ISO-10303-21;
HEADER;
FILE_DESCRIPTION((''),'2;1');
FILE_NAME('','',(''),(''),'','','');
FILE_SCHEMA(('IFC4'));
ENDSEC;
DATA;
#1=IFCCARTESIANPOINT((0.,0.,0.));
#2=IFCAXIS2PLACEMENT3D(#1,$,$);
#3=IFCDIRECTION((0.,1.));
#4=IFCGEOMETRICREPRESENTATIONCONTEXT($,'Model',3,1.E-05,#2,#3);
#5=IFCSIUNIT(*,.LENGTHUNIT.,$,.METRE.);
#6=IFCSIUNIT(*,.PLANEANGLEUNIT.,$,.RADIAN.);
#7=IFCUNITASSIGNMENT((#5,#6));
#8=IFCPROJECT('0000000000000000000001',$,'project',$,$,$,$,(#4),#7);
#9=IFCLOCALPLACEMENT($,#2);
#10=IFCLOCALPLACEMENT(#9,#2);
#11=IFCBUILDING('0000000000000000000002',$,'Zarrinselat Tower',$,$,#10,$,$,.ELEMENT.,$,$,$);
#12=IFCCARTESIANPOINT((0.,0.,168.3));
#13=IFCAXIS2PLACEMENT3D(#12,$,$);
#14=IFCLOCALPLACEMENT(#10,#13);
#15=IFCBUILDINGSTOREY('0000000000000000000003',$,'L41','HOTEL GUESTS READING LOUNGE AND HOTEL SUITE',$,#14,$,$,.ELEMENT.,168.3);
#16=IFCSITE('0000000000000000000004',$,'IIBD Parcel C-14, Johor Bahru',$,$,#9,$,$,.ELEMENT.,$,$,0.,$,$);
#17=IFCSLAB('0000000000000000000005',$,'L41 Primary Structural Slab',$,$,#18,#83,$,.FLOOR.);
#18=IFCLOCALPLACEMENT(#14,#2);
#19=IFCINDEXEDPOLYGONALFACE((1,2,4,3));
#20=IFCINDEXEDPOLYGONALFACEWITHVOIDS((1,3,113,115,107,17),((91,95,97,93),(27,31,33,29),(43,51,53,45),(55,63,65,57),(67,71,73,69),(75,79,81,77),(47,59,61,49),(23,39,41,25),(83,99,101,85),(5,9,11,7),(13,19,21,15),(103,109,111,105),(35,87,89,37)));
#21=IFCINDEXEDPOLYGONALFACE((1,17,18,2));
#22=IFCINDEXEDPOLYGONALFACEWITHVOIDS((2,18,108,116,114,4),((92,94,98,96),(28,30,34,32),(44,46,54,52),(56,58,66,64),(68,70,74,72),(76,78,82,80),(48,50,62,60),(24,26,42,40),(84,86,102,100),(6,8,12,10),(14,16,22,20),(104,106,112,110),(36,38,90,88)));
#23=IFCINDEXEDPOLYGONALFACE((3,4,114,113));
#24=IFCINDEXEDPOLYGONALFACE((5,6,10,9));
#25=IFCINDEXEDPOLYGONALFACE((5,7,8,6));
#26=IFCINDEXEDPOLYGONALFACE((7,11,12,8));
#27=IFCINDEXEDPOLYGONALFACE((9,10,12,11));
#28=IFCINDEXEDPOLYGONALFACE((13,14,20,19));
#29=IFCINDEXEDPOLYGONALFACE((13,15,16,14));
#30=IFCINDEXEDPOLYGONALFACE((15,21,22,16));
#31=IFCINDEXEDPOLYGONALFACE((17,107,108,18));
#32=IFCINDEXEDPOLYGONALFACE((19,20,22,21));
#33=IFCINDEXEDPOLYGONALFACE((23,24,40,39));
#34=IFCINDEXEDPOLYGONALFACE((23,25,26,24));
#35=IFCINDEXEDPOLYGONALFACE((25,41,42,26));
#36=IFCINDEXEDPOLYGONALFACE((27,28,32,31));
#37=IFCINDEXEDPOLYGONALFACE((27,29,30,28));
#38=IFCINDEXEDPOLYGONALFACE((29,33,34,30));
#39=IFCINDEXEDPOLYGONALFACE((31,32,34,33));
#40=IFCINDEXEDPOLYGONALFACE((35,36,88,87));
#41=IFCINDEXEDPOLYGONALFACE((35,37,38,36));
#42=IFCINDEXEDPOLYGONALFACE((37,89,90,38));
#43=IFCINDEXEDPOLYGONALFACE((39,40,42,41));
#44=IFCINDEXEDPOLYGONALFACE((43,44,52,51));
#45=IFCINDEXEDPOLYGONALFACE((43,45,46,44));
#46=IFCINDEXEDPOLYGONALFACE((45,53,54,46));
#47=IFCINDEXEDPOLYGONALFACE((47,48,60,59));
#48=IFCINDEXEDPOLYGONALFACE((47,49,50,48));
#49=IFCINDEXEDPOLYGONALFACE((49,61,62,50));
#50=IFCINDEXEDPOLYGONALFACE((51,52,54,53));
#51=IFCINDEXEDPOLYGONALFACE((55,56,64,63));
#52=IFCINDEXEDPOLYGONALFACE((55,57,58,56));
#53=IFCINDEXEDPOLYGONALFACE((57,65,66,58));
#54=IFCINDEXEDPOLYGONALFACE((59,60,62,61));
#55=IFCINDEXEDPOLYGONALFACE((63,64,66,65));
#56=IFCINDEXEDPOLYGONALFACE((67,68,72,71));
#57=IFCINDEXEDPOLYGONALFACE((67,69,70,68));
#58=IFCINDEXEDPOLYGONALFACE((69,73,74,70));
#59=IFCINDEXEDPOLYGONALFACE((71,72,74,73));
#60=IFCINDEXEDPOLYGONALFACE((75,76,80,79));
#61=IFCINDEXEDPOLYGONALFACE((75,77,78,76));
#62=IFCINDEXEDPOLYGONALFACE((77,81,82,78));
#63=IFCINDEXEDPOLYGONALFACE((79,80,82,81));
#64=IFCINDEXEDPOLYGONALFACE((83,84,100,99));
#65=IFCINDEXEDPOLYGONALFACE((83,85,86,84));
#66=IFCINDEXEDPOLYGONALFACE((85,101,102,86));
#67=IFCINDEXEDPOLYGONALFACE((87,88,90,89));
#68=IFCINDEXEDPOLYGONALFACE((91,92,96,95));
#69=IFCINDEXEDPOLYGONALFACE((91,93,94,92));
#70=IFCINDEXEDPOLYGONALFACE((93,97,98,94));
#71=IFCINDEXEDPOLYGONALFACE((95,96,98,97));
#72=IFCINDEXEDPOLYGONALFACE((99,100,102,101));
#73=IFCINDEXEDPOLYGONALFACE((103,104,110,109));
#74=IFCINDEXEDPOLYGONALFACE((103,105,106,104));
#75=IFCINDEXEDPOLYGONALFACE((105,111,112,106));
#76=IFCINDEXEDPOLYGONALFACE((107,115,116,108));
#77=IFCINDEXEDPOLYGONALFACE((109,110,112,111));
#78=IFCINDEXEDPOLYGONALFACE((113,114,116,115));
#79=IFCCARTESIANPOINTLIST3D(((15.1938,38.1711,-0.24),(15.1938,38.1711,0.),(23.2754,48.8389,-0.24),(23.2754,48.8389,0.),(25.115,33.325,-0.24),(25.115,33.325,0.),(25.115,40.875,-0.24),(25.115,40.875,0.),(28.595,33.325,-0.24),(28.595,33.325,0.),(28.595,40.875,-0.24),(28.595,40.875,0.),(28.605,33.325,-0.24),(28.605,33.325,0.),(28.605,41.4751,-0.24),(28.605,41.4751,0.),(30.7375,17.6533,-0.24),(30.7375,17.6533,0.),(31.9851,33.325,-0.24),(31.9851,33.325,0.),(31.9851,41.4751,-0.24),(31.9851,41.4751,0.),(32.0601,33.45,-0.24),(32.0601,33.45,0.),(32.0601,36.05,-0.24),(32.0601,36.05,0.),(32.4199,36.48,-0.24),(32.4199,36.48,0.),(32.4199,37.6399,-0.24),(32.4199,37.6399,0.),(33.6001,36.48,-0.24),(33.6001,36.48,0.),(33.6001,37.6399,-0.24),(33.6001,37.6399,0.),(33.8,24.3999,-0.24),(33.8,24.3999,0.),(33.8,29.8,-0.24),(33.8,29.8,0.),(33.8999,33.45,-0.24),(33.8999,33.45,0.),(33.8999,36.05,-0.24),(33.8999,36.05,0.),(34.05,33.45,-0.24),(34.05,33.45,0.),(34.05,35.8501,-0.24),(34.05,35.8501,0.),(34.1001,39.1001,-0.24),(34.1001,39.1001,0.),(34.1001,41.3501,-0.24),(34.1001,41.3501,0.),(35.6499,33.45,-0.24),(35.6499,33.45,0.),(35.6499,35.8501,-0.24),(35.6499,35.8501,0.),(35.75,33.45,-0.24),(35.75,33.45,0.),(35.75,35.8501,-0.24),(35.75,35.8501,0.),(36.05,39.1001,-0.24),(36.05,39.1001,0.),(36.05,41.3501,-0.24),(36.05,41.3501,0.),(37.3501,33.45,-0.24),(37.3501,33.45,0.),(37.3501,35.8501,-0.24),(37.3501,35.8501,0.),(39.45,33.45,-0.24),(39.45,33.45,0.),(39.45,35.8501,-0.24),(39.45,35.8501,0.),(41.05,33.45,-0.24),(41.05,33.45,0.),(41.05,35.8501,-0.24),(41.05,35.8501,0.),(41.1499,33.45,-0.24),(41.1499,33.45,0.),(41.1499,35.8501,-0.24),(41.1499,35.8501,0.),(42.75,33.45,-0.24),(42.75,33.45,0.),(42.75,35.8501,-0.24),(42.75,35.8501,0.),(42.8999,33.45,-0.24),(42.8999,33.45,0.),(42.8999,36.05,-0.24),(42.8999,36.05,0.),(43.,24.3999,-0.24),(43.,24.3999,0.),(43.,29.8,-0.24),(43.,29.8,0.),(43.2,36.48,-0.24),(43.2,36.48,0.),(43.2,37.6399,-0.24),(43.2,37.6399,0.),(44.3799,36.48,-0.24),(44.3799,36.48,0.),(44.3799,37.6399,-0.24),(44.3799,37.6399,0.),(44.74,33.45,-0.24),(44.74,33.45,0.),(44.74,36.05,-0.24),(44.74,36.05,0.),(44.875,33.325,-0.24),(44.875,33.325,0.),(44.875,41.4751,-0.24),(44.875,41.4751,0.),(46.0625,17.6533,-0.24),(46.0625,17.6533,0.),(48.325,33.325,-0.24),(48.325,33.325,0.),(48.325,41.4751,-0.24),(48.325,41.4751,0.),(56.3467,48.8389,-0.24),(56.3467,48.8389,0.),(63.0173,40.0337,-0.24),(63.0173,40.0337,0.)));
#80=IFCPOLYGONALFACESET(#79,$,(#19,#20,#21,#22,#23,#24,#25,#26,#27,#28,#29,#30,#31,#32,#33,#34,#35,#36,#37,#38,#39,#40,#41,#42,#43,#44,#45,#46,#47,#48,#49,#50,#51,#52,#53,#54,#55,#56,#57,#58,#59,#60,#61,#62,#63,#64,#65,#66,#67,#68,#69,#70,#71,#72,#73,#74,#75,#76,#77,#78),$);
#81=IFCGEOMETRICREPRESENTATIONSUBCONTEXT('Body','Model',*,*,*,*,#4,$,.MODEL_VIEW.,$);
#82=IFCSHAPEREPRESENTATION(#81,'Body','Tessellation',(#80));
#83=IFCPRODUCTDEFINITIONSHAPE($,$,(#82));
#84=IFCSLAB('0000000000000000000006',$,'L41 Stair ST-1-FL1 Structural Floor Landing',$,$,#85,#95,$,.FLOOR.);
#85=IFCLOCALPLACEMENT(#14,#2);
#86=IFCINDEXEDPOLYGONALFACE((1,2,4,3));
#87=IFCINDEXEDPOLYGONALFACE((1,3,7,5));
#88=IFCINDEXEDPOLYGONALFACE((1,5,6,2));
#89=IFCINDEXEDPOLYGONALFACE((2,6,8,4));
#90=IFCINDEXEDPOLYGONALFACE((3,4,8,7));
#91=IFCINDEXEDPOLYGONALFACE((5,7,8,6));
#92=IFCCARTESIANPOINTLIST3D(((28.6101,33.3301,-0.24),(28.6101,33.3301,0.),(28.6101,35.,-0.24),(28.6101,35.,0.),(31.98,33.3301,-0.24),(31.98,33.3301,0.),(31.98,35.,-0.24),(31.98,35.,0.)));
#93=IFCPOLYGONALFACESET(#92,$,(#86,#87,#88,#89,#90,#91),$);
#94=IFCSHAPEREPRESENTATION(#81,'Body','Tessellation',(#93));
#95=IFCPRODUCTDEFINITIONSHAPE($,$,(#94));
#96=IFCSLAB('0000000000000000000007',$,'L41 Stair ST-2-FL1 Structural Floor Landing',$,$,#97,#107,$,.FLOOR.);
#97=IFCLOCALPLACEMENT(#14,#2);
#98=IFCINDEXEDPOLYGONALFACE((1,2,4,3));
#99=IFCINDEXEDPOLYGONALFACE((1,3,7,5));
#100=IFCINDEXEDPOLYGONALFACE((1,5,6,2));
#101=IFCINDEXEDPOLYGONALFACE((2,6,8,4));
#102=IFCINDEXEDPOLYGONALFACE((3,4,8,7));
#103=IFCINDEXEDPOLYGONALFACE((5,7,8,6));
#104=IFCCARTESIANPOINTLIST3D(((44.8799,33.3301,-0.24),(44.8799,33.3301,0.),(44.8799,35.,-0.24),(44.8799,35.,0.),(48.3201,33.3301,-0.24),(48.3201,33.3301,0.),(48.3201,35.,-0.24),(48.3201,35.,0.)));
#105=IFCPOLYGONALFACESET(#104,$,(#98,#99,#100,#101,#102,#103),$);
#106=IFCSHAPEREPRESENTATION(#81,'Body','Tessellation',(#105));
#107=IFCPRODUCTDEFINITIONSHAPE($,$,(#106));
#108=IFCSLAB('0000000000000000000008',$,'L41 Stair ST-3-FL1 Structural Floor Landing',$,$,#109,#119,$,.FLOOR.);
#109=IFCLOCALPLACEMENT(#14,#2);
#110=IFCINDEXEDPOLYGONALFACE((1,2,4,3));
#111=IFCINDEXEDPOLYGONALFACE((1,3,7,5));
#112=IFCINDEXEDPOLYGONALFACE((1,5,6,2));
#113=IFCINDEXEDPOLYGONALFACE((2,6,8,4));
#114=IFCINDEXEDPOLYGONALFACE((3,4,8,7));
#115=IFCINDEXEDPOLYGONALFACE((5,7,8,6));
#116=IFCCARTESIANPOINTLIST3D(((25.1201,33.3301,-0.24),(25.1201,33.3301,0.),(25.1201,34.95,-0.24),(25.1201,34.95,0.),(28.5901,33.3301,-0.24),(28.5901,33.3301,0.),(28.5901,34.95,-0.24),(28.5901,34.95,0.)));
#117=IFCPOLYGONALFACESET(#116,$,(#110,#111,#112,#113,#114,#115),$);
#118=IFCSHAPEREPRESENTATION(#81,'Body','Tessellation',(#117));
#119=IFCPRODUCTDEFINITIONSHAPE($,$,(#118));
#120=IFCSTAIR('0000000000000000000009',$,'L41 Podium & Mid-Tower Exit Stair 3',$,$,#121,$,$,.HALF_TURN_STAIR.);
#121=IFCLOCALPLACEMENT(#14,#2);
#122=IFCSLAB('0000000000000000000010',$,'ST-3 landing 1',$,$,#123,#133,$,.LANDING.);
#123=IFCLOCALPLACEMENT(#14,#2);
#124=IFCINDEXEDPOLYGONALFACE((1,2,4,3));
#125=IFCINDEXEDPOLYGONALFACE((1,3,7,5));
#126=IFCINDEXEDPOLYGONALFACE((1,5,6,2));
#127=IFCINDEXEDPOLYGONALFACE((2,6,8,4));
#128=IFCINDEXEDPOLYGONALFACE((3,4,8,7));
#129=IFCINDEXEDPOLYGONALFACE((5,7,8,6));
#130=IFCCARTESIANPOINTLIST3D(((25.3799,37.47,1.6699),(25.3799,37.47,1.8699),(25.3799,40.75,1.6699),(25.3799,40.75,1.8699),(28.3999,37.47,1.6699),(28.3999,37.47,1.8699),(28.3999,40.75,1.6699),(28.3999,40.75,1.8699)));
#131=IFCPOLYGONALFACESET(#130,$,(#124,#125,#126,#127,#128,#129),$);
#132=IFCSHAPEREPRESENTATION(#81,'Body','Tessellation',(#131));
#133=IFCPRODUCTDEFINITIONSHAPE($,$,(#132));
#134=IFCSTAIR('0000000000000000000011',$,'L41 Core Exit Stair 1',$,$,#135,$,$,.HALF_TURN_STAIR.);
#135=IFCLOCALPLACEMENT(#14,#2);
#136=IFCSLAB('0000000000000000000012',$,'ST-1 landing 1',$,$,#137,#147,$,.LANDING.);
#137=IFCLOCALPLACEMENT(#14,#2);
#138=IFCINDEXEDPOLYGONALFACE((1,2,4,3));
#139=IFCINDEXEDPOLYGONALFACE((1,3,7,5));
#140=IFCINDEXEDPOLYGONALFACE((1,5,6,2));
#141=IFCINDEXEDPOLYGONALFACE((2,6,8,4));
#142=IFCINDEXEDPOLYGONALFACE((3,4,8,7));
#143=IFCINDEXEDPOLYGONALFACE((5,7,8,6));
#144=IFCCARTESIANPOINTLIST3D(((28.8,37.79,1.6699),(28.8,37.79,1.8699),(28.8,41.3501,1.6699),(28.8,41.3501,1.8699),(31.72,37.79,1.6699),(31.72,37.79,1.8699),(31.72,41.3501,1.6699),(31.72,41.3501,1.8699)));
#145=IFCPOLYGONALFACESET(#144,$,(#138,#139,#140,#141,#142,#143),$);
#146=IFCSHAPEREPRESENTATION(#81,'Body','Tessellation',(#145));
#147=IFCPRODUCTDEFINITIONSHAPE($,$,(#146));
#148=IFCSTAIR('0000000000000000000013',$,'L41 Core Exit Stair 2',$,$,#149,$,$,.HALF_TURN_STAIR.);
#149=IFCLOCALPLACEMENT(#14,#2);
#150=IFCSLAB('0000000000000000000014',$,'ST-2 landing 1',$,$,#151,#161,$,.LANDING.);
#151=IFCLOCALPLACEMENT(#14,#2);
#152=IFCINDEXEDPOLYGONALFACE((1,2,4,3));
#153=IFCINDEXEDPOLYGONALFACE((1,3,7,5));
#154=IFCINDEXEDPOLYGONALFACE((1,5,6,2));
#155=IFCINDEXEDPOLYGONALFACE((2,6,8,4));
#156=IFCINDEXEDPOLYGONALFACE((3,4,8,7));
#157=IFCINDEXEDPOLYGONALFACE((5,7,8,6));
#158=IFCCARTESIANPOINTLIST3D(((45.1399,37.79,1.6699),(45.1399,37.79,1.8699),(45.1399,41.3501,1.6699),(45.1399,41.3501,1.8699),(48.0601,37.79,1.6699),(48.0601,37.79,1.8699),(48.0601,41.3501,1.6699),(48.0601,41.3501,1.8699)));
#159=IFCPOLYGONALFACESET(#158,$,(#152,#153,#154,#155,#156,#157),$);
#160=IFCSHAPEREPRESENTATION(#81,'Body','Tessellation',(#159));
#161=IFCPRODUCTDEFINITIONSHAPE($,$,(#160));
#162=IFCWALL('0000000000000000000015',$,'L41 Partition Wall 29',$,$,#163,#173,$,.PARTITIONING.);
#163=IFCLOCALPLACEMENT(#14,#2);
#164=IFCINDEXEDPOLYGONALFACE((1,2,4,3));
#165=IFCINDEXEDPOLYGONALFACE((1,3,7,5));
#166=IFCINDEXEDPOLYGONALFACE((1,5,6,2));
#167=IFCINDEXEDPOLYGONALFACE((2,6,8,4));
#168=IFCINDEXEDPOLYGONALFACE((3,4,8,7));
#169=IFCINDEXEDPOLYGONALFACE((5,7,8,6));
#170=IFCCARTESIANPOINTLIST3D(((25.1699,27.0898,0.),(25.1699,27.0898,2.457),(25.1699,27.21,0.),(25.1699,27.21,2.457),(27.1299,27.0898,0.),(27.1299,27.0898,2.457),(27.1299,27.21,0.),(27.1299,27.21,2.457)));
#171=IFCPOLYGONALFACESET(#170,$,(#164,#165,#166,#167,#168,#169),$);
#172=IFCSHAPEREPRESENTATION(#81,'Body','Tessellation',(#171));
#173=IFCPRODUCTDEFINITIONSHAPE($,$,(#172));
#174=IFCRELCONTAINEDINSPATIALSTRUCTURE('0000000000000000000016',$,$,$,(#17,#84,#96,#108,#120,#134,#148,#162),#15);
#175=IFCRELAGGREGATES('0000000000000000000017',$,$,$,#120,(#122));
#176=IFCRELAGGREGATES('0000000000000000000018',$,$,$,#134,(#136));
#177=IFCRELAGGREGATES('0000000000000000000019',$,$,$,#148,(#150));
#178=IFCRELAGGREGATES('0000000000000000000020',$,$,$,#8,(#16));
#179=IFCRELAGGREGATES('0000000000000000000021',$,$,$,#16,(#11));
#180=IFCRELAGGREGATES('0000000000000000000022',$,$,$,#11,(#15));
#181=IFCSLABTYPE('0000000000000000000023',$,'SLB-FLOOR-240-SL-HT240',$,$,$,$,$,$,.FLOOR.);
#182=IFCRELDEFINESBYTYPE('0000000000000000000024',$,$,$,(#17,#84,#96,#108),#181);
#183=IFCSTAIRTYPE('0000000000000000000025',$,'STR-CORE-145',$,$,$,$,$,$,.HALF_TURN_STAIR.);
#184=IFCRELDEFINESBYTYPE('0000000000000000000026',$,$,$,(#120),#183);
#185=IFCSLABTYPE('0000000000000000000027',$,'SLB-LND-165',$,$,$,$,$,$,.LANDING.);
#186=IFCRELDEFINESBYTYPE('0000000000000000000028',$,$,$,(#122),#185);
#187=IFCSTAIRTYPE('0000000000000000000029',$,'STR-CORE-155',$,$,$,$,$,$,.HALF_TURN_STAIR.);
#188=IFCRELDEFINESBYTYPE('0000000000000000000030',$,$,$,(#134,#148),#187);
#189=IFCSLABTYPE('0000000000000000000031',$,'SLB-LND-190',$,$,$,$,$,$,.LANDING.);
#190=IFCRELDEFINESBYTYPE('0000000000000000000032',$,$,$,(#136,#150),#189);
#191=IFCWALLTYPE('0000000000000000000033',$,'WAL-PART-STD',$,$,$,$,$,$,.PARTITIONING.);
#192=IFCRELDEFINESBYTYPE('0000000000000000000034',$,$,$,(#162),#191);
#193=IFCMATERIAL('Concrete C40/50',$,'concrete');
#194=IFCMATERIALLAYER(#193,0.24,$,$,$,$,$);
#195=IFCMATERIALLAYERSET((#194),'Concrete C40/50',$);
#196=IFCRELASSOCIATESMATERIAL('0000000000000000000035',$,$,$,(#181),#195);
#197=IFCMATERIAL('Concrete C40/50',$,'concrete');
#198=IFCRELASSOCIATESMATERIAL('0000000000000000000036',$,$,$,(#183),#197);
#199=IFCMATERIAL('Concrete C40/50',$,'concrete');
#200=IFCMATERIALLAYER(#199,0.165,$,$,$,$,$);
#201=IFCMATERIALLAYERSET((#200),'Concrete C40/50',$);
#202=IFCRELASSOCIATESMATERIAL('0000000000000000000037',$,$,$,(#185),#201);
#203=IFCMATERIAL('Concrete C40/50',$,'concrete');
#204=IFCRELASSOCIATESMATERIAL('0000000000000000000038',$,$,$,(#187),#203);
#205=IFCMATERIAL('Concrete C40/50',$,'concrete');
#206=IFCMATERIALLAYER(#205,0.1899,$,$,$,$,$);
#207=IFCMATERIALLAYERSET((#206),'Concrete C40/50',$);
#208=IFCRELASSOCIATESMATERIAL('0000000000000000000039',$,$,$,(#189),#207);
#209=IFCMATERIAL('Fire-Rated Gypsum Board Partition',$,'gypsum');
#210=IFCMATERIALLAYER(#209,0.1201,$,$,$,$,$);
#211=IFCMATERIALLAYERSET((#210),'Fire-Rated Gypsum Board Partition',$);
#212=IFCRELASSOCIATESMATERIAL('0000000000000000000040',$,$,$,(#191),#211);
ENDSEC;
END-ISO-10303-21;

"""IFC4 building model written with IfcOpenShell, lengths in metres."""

from ifc_helpers import new_model, si_unit, direction, frame, frame_2d, origin, place, context, subcontext, project, spatial, polyline, rectangle, outline, extrude, material, layer, layer_set, type_object, element, aggregate, save


model = new_model("IFC4")

# Units and contexts
model_context = context("Model", 3, precision=1e-05, world=origin(), true_north=direction((0.0, 1.0)))
body_context = subcontext(model_context, "Body", "Model", "MODEL_VIEW")
ifc_project = project(units=[si_unit("LENGTHUNIT", "METRE"), si_unit("PLANEANGLEUNIT", "RADIAN")], contexts=[model_context])

# Site, building, storey
site_placement = place(None, origin())
site = spatial("IfcSite", under=ifc_project, at=site_placement, Name="IIBD Parcel C-14, Johor Bahru", CompositionType="ELEMENT", RefElevation=0.0)
building_placement = place(site_placement, origin())
building = spatial("IfcBuilding", under=site, at=building_placement, Name="Zarrinselat Tower", CompositionType="ELEMENT")
storey_placement = place(building_placement, frame((0.0, 0.0, 168.3)))
storey = spatial("IfcBuildingStorey", under=building, at=storey_placement, Name="L41", Description="HOTEL GUESTS READING LOUNGE AND HOTEL SUITE", CompositionType="ELEMENT", Elevation=168.3)

# Slabs
ifc_material_1 = material(Name="Concrete C40/50", Category="concrete")
ifc_layer_1 = layer(ifc_material_1, 0.24)
ifc_layer_set_1 = layer_set([ifc_layer_1], Name="Concrete C40/50")
slab_type_1 = type_object("IfcSlabType", Name="SLB-FLOOR-240-SL-HT240", PredefinedType="FLOOR", material=ifc_layer_set_1)
slab_1_placement = place(storey_placement, frame((0.0, 0.0, -0.24)))
element("IfcSlab", 1, at=slab_1_placement, inside=storey, type_object=slab_type_1, Name="L41 Primary Structural Slab", PredefinedType="FLOOR", context=body_context, shape_type="SweptSolid", body=[
    extrude(outline(polyline([(56.3467, 48.8389), (23.2754, 48.8389), (15.1938, 38.1711), (30.7375, 17.6533), (46.0625, 17.6533), (63.0173, 40.0337), (56.3467, 48.8389)]), holes=[polyline([(35.6499, 33.45), (34.05, 33.45), (34.05, 35.8501), (35.6499, 35.8501), (35.6499, 33.45)]), polyline([(35.75, 33.45), (35.75, 35.8501), (37.3501, 35.8501), (37.3501, 33.45), (35.75, 33.45)]), polyline([(32.0601, 33.45), (32.0601, 36.05), (33.8999, 36.05), (33.8999, 33.45), (32.0601, 33.45)]), polyline([(33.6001, 36.48), (32.4199, 36.48), (32.4199, 37.6399), (33.6001, 37.6399), (33.6001, 36.48)]), polyline([(28.595, 33.325), (25.115, 33.325), (25.115, 40.875), (28.595, 40.875), (28.595, 33.325)]), polyline([(31.9851, 33.325), (28.605, 33.325), (28.605, 41.4751), (31.9851, 41.4751), (31.9851, 33.325)]), polyline([(36.05, 39.1001), (34.1001, 39.1001), (34.1001, 41.3501), (36.05, 41.3501), (36.05, 39.1001)]), polyline([(33.8, 24.3999), (33.8, 29.8), (43.0, 29.8), (43.0, 24.3999), (33.8, 24.3999)]), polyline([(39.45, 33.45), (39.45, 35.8501), (41.05, 35.8501), (41.05, 33.45), (39.45, 33.45)]), polyline([(41.1499, 33.45), (41.1499, 35.8501), (42.75, 35.8501), (42.75, 33.45), (41.1499, 33.45)]), polyline([(42.8999, 33.45), (42.8999, 36.05), (44.74, 36.05), (44.74, 33.45), (42.8999, 33.45)]), polyline([(43.2, 36.48), (43.2, 37.6399), (44.3799, 37.6399), (44.3799, 36.48), (43.2, 36.48)]), polyline([(48.325, 33.325), (44.875, 33.325), (44.875, 41.4751), (48.325, 41.4751), (48.325, 33.325)])]), origin(), (0.0, 0.0, 1.0), 0.24),
])
slab_2_placement = place(storey_placement, frame((0.0, 0.0, -0.24)))
element("IfcSlab", 2, at=slab_2_placement, inside=storey, type_object=slab_type_1, Name="L41 Stair ST-1-FL1 Structural Floor Landing", PredefinedType="FLOOR", context=body_context, shape_type="SweptSolid", body=[
    extrude(outline(polyline([(31.98, 33.3301), (31.98, 35.0), (28.6101, 35.0), (28.6101, 33.3301), (31.98, 33.3301)])), origin(), (0.0, 0.0, 1.0), 0.24),
])
slab_3_placement = place(storey_placement, frame((0.0, 0.0, -0.24)))
element("IfcSlab", 3, at=slab_3_placement, inside=storey, type_object=slab_type_1, Name="L41 Stair ST-2-FL1 Structural Floor Landing", PredefinedType="FLOOR", context=body_context, shape_type="SweptSolid", body=[
    extrude(outline(polyline([(48.3201, 33.3301), (48.3201, 35.0), (44.8799, 35.0), (44.8799, 33.3301), (48.3201, 33.3301)])), origin(), (0.0, 0.0, 1.0), 0.24),
])
slab_4_placement = place(storey_placement, frame((0.0, 0.0, -0.24)))
element("IfcSlab", 4, at=slab_4_placement, inside=storey, type_object=slab_type_1, Name="L41 Stair ST-3-FL1 Structural Floor Landing", PredefinedType="FLOOR", context=body_context, shape_type="SweptSolid", body=[
    extrude(outline(polyline([(28.5901, 33.3301), (28.5901, 34.95), (25.1201, 34.95), (25.1201, 33.3301), (28.5901, 33.3301)])), origin(), (0.0, 0.0, 1.0), 0.24),
])

# Stairs, slabs
ifc_material_2 = material(Name="Concrete C40/50", Category="concrete")
stair_type_1 = type_object("IfcStairType", Name="STR-CORE-145", PredefinedType="HALF_TURN_STAIR", material=ifc_material_2)
stair_1_placement = place(storey_placement, origin())
stair_1 = element("IfcStair", 5, at=stair_1_placement, inside=storey, type_object=stair_type_1, Name="L41 Podium & Mid-Tower Exit Stair 3", PredefinedType="HALF_TURN_STAIR")
ifc_material_3 = material(Name="Concrete C40/50", Category="concrete")
ifc_layer_2 = layer(ifc_material_3, 0.165)
ifc_layer_set_2 = layer_set([ifc_layer_2], Name="Concrete C40/50")
slab_type_2 = type_object("IfcSlabType", Name="SLB-LND-165", PredefinedType="LANDING", material=ifc_layer_set_2)
slab_5_placement = place(storey_placement, frame((0.0, 0.0, 1.6699)))
slab_5 = element("IfcSlab", 6, at=slab_5_placement, type_object=slab_type_2, Name="ST-3 landing 1", PredefinedType="LANDING", context=body_context, shape_type="SweptSolid", body=[
    extrude(outline(polyline([(28.3999, 37.47), (28.3999, 40.75), (25.3799, 40.75), (25.3799, 37.47), (28.3999, 37.47)])), origin(), (0.0, 0.0, 1.0), 0.2),
])
aggregate(stair_1, [slab_5])
ifc_material_4 = material(Name="Concrete C40/50", Category="concrete")
stair_type_2 = type_object("IfcStairType", Name="STR-CORE-155", PredefinedType="HALF_TURN_STAIR", material=ifc_material_4)
stair_2_placement = place(storey_placement, origin())
stair_2 = element("IfcStair", 7, at=stair_2_placement, inside=storey, type_object=stair_type_2, Name="L41 Core Exit Stair 1", PredefinedType="HALF_TURN_STAIR")
ifc_material_5 = material(Name="Concrete C40/50", Category="concrete")
ifc_layer_3 = layer(ifc_material_5, 0.1899)
ifc_layer_set_3 = layer_set([ifc_layer_3], Name="Concrete C40/50")
slab_type_3 = type_object("IfcSlabType", Name="SLB-LND-190", PredefinedType="LANDING", material=ifc_layer_set_3)
slab_6_placement = place(storey_placement, frame((0.0, 0.0, 1.6699)))
slab_6 = element("IfcSlab", 8, at=slab_6_placement, type_object=slab_type_3, Name="ST-1 landing 1", PredefinedType="LANDING", context=body_context, shape_type="SweptSolid", body=[
    extrude(outline(polyline([(31.72, 37.79), (31.72, 41.3501), (28.8, 41.3501), (28.8, 37.79), (31.72, 37.79)])), origin(), (0.0, 0.0, 1.0), 0.2),
])
aggregate(stair_2, [slab_6])
stair_3_placement = place(storey_placement, origin())
stair_3 = element("IfcStair", 9, at=stair_3_placement, inside=storey, type_object=stair_type_2, Name="L41 Core Exit Stair 2", PredefinedType="HALF_TURN_STAIR")
slab_7_placement = place(storey_placement, frame((0.0, 0.0, 1.6699)))
slab_7 = element("IfcSlab", 10, at=slab_7_placement, type_object=slab_type_3, Name="ST-2 landing 1", PredefinedType="LANDING", context=body_context, shape_type="SweptSolid", body=[
    extrude(outline(polyline([(48.0601, 37.79), (48.0601, 41.3501), (45.1399, 41.3501), (45.1399, 37.79), (48.0601, 37.79)])), origin(), (0.0, 0.0, 1.0), 0.2),
])
aggregate(stair_3, [slab_7])

# Wall
ifc_material_6 = material(Name="Fire-Rated Gypsum Board Partition", Category="gypsum")
ifc_layer_4 = layer(ifc_material_6, 0.1201)
ifc_layer_set_4 = layer_set([ifc_layer_4], Name="Fire-Rated Gypsum Board Partition")
wall_type_1 = type_object("IfcWallType", Name="WAL-PART-STD", PredefinedType="PARTITIONING", material=ifc_layer_set_4)
wall_1_placement = place(storey_placement, frame((25.1699, 27.1499, 0.0), z_axis=(0.0, 0.0, 1.0), x_axis=(1.0, 0.0, 0.0)))
element("IfcWall", 11, at=wall_1_placement, inside=storey, type_object=wall_type_1, Name="L41 Partition Wall 29", PredefinedType="PARTITIONING", context=body_context, shape_type="SweptSolid", body=[
    extrude(rectangle(XDim=1.96, YDim=0.1201, at=frame_2d((0.98, 0.0))), origin(), (0.0, 0.0, 1.0), 2.457),
])

save(model, "model.ifc")
